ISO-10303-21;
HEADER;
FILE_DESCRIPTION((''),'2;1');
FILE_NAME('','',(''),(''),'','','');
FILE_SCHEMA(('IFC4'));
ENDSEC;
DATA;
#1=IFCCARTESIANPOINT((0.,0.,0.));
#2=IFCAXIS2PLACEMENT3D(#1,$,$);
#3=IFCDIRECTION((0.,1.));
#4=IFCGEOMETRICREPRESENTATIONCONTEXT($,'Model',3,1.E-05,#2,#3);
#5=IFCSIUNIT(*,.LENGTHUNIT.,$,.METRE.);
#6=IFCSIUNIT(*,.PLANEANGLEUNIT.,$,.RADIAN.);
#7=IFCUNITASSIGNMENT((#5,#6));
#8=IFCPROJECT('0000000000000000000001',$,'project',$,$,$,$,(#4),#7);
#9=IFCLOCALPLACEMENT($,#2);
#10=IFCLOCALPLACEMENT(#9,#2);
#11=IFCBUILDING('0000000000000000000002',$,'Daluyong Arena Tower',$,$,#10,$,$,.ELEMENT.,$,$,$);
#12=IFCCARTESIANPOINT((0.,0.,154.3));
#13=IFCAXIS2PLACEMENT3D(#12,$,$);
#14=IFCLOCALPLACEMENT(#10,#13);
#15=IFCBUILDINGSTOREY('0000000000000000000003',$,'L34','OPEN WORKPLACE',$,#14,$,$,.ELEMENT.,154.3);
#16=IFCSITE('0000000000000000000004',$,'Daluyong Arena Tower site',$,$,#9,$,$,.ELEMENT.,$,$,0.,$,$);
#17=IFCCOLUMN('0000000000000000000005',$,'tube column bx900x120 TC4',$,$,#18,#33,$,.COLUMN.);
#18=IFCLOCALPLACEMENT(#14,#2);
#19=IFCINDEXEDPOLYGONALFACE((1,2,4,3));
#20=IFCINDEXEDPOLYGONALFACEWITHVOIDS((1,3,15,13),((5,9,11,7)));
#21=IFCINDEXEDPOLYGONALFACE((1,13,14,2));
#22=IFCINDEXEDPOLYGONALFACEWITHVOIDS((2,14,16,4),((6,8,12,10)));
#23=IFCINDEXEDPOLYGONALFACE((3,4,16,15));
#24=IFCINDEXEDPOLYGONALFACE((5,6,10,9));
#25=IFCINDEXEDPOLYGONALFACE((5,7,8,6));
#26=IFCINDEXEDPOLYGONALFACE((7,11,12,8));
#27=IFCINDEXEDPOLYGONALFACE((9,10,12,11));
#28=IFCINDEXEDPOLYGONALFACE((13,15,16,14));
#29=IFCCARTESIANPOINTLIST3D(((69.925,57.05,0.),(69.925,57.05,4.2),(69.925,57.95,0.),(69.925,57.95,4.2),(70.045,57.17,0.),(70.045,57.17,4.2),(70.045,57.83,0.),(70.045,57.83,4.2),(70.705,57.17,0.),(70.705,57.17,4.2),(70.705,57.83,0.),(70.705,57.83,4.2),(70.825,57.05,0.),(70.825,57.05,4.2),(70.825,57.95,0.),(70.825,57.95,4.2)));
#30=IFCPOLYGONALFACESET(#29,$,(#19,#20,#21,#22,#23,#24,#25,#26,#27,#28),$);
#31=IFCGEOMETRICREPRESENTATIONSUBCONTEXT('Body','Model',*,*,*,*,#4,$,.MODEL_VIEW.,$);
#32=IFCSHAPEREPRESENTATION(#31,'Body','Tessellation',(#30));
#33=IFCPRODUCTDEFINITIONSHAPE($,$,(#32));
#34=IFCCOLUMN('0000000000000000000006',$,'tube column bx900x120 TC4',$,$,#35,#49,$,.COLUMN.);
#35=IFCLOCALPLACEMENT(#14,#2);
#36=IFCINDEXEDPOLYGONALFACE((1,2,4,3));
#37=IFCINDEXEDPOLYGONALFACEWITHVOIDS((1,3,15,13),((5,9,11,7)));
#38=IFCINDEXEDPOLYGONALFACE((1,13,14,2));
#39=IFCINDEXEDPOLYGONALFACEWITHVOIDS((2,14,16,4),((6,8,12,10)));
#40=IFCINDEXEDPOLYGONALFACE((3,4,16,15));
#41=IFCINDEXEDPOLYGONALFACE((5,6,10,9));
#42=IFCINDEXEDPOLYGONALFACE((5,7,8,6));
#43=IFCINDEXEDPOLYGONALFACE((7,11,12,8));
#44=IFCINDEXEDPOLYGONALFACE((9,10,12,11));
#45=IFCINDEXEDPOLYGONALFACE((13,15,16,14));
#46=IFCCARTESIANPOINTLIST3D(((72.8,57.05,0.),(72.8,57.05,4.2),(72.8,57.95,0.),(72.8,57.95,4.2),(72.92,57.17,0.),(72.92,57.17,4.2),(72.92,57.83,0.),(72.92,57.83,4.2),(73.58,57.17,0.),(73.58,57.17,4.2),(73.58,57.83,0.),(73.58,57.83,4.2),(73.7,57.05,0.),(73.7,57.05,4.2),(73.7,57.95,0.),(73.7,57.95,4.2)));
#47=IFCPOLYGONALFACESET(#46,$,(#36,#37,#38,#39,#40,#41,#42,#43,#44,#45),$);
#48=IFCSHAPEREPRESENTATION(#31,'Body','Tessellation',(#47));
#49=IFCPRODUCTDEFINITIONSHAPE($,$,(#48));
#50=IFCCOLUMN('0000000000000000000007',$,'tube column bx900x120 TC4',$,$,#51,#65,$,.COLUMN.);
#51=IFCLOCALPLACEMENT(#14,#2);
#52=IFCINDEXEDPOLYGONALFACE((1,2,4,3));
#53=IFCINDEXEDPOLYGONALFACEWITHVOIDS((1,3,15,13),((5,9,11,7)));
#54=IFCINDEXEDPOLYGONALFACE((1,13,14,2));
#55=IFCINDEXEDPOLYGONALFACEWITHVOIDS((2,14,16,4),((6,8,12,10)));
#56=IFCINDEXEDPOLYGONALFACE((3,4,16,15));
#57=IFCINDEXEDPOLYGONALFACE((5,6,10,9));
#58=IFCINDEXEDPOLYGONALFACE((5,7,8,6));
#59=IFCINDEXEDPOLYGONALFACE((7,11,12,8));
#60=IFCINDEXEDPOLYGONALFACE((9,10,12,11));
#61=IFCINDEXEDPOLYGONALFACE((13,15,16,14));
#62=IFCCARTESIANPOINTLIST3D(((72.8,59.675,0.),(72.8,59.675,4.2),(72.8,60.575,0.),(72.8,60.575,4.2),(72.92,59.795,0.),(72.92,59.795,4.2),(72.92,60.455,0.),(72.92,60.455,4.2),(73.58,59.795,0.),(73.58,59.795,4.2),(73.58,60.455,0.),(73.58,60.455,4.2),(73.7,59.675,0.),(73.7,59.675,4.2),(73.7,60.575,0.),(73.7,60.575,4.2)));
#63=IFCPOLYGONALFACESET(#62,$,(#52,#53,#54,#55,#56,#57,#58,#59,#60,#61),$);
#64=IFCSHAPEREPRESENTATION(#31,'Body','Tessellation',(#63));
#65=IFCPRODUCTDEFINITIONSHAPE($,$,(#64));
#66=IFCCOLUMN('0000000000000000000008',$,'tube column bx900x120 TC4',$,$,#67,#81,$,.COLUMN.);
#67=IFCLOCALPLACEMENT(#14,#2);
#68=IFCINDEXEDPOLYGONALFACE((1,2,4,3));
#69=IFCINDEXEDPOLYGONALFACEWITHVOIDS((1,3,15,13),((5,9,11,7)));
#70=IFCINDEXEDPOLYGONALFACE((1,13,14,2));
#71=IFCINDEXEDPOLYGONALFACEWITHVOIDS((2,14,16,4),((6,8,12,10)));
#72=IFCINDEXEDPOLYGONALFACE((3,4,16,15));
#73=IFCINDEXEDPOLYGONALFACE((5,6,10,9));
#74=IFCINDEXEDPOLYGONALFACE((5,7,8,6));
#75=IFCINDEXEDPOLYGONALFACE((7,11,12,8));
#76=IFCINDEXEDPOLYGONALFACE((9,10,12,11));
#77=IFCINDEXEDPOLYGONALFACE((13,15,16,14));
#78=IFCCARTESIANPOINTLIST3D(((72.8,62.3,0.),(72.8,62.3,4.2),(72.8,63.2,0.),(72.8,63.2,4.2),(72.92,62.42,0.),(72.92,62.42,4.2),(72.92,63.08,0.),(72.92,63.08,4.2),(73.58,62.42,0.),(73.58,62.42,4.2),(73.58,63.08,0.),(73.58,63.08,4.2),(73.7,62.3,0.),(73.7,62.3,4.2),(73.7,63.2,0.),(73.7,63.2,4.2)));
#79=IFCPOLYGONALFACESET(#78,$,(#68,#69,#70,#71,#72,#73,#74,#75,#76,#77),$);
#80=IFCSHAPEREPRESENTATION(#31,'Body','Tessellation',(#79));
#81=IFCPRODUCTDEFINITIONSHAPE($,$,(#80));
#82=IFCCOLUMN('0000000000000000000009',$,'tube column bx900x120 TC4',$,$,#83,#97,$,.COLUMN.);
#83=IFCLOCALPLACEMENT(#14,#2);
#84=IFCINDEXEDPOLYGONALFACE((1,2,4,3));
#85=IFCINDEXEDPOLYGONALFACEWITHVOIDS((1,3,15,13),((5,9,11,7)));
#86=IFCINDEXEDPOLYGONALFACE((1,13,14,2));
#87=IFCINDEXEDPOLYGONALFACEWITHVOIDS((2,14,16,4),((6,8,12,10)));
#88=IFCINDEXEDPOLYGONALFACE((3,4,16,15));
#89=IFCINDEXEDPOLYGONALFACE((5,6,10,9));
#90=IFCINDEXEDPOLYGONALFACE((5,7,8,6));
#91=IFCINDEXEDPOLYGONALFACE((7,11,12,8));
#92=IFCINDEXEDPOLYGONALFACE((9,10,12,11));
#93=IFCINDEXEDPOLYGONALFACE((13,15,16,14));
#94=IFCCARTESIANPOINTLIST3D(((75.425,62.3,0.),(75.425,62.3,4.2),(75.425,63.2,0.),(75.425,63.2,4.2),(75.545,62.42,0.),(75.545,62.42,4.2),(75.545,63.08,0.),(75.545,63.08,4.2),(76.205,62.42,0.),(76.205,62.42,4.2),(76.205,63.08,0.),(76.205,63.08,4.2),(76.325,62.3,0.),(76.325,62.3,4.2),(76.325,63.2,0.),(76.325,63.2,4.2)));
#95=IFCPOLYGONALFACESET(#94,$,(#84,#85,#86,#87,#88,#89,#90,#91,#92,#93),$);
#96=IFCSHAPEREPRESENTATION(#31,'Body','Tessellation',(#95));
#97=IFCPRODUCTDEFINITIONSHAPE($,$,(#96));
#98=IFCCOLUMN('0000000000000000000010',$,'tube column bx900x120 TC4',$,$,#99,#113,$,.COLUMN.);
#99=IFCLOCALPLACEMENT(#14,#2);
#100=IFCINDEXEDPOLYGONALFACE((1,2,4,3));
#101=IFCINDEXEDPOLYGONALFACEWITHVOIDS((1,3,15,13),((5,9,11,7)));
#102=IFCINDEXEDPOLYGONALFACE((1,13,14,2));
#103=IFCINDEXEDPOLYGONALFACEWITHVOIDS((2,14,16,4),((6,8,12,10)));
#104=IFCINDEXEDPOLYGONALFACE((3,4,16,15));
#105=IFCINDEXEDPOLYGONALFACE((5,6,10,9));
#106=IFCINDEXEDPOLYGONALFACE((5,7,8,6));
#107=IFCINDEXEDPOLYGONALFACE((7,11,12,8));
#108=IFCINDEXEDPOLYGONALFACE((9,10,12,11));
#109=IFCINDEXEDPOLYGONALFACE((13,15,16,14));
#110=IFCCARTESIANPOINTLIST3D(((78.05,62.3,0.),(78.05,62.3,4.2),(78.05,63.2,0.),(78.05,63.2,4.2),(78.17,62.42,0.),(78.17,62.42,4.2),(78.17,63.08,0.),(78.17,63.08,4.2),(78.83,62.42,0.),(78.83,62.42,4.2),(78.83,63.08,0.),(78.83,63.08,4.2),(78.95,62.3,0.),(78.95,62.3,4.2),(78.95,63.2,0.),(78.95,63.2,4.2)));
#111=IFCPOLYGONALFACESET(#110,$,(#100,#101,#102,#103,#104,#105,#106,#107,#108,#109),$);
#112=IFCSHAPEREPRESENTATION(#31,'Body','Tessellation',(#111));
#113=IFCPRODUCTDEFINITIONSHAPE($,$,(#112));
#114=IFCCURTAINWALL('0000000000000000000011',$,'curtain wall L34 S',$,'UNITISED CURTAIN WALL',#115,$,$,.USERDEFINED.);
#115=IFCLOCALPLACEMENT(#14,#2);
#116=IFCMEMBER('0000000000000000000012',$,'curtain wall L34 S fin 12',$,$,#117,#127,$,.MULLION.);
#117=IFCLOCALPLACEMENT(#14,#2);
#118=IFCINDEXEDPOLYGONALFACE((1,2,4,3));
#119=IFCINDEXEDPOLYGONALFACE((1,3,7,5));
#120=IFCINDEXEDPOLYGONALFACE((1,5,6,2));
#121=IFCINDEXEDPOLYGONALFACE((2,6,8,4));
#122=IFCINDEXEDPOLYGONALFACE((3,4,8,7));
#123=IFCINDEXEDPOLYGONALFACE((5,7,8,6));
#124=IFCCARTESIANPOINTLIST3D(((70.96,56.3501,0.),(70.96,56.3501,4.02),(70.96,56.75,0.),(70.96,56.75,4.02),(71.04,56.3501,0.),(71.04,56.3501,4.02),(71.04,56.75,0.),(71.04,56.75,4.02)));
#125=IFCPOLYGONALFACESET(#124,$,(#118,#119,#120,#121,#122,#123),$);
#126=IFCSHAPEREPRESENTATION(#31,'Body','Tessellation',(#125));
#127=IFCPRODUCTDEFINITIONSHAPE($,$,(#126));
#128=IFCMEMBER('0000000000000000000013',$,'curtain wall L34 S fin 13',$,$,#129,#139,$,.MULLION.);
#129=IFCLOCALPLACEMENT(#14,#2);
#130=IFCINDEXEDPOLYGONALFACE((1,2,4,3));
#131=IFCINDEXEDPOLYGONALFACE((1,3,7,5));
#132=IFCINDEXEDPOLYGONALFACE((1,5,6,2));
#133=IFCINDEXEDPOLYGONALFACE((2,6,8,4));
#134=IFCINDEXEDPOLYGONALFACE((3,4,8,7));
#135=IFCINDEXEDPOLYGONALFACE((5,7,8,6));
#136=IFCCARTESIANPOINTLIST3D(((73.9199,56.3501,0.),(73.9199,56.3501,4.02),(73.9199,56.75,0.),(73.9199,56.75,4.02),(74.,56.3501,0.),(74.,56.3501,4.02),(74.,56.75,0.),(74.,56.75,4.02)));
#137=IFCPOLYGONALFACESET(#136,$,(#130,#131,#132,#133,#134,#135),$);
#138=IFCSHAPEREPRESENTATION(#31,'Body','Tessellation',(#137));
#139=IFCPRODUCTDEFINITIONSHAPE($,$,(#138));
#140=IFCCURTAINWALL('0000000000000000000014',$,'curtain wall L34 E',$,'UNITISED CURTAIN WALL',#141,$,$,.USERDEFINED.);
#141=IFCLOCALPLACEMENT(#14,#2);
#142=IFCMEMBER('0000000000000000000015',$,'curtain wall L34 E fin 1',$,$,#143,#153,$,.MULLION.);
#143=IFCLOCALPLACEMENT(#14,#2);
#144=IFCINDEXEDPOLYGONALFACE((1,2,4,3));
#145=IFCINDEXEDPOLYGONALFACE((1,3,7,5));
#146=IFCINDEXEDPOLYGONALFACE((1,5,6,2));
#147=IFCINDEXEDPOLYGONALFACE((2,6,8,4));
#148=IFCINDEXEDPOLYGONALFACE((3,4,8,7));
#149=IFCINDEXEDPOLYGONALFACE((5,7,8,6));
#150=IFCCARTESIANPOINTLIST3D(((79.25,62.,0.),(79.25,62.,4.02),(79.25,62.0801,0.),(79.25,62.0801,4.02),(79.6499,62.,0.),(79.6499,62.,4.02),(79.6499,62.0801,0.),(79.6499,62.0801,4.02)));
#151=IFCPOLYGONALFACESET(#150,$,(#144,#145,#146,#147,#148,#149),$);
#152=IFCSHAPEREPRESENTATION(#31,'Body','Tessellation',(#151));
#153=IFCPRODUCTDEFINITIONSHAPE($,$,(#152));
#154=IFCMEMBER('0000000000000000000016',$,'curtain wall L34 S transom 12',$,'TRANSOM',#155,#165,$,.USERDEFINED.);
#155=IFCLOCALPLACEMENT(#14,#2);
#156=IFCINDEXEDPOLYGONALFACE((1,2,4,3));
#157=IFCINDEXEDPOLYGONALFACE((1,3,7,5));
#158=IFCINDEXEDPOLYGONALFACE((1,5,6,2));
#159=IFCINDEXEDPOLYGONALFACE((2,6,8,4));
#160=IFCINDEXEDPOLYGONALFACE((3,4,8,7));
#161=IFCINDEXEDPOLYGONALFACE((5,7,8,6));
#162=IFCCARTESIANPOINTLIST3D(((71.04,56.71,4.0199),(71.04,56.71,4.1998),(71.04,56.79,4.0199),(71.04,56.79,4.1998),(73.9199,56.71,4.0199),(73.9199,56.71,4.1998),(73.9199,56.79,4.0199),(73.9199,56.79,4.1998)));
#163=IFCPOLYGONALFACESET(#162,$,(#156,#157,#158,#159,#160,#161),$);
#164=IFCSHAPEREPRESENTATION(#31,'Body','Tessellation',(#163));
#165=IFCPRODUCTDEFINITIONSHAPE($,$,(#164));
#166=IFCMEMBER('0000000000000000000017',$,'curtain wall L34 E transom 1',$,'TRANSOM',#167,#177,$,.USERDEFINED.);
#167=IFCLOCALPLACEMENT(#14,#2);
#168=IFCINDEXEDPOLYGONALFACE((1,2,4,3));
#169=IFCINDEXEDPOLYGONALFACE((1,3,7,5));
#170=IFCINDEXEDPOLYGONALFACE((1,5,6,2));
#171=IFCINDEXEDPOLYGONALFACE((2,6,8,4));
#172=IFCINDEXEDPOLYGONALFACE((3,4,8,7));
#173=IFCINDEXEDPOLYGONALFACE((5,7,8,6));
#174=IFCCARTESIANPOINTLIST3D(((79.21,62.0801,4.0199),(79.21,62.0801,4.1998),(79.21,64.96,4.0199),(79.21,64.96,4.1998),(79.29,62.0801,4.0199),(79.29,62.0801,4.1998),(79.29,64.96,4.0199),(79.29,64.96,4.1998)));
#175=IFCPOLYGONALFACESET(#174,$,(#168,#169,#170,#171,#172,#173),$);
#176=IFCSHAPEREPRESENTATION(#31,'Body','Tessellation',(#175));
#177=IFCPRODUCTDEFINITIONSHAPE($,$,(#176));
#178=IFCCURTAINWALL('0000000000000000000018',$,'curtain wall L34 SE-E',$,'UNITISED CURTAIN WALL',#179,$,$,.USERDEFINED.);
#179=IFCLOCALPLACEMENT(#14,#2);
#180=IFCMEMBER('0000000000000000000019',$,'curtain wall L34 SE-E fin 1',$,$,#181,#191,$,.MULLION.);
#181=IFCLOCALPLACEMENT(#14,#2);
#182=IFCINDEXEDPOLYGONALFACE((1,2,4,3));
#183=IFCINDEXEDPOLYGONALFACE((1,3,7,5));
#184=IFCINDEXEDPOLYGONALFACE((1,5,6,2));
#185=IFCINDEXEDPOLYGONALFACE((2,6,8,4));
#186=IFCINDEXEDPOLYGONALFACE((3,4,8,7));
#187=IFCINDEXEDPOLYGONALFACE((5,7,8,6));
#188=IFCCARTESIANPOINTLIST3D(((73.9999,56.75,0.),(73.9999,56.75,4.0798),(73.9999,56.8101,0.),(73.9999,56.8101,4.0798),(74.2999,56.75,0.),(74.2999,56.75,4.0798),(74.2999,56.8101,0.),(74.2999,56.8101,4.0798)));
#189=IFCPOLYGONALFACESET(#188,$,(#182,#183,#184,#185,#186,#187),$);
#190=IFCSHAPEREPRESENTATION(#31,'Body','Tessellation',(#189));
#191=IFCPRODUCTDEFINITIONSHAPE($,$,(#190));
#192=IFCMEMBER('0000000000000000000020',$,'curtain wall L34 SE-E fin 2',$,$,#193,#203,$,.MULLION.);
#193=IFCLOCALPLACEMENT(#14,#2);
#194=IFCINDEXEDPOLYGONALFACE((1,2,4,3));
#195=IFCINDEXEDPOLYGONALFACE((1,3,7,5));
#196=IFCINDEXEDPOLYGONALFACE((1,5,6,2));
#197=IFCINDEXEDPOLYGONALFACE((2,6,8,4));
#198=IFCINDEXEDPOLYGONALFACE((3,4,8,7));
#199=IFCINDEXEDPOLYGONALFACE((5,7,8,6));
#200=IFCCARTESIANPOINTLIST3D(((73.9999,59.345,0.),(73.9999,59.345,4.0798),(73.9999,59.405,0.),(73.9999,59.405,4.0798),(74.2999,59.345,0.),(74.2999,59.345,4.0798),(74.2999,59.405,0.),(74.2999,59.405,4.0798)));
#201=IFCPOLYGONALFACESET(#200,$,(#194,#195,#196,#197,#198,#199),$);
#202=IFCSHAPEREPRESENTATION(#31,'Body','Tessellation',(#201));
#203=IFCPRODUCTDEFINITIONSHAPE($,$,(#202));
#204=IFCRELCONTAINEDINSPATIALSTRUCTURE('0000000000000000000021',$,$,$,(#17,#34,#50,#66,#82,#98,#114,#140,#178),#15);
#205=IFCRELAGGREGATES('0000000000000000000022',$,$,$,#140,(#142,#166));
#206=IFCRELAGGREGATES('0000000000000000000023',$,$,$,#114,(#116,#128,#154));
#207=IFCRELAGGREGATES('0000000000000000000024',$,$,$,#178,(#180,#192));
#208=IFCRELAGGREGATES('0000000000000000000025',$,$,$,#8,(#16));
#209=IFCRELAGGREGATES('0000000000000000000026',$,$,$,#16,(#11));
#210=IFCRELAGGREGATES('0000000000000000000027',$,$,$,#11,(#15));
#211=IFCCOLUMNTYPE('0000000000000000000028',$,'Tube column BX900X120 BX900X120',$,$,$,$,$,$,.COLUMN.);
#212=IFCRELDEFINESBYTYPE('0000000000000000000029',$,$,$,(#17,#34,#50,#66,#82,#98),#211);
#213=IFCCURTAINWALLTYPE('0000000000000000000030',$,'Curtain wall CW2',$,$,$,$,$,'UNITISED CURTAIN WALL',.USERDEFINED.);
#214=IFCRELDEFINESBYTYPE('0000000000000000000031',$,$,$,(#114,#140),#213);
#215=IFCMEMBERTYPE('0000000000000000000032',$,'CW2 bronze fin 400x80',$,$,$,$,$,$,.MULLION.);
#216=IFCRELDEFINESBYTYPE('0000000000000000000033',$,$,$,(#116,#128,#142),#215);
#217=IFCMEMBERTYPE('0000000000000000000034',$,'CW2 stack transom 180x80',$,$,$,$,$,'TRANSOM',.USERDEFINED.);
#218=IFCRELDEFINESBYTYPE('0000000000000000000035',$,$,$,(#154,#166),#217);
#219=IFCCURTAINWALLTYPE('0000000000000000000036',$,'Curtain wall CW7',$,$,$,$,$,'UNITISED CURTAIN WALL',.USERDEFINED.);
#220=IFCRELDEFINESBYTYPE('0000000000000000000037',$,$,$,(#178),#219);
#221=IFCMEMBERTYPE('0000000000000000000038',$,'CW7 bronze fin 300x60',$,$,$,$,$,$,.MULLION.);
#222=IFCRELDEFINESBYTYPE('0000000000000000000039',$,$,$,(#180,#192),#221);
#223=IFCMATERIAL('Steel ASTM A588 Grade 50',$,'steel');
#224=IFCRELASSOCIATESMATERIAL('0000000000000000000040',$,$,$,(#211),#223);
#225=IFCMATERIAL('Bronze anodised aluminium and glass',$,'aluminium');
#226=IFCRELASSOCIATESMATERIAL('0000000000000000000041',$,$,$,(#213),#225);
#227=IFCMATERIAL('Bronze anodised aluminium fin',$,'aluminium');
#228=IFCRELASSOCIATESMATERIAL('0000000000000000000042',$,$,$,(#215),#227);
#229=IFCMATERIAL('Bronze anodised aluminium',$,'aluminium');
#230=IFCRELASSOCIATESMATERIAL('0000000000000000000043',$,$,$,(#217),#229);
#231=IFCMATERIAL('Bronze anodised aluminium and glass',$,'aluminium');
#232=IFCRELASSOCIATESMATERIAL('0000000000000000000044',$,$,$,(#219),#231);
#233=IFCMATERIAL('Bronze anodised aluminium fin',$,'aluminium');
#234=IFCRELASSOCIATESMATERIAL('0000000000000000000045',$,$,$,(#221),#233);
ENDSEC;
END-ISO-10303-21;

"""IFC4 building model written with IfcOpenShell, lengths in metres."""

from ifc_helpers import new_model, si_unit, direction, frame, origin, origin_2d, place, context, subcontext, project, spatial, rectangle, hollow_rectangle, extrude, material, material_profile, profile_set, type_object, element, aggregate, save


model = new_model("IFC4")

# Units and contexts
model_context = context("Model", 3, precision=1e-05, world=origin(), true_north=direction((0.0, 1.0)))
body_context = subcontext(model_context, "Body", "Model", "MODEL_VIEW")
ifc_project = project(units=[si_unit("LENGTHUNIT", "METRE"), si_unit("PLANEANGLEUNIT", "RADIAN")], contexts=[model_context])

# Site, building, storey
site_placement = place(None, origin())
site = spatial("IfcSite", under=ifc_project, at=site_placement, Name="Daluyong Arena Tower site", CompositionType="ELEMENT", RefElevation=0.0)
building_placement = place(site_placement, origin())
building = spatial("IfcBuilding", under=site, at=building_placement, Name="Daluyong Arena Tower", CompositionType="ELEMENT")
storey_placement = place(building_placement, frame((0.0, 0.0, 154.3)))
storey = spatial("IfcBuildingStorey", under=building, at=storey_placement, Name="L34", Description="OPEN WORKPLACE", CompositionType="ELEMENT", Elevation=154.3)

# Columns
ifc_material_1 = material(Name="Steel ASTM A588 Grade 50", Category="steel")
ifc_material_profile_1 = material_profile(ifc_material_1, hollow_rectangle(XDim=0.8999, YDim=0.8999, WallThickness=0.12, at=origin_2d()))
ifc_profile_set_1 = profile_set([ifc_material_profile_1], Name="Steel ASTM A588 Grade 50")
column_type = type_object("IfcColumnType", Name="Tube column BX900X120 BX900X120", PredefinedType="COLUMN", material=ifc_profile_set_1)
for number, where, z_axis, x_axis, name in (
    (1, (70.375, 57.5, 0.0), (0.0, 0.0, 1.0), (1.0, 0.0, 0.0), "tube column bx900x120 TC4"),
    (2, (73.25, 57.5, 0.0), (0.0, 0.0, 1.0), (0.0, 1.0, 0.0), "tube column bx900x120 TC4"),
    (3, (73.25, 60.125, 0.0), (0.0, 0.0, 1.0), (0.0, 1.0, 0.0), "tube column bx900x120 TC4"),
    (4, (73.25, 62.75, 0.0), (0.0, 0.0, 1.0), (1.0, 0.0, 0.0), "tube column bx900x120 TC4"),
    (5, (75.875, 62.75, 0.0), (0.0, 0.0, 1.0), (1.0, 0.0, 0.0), "tube column bx900x120 TC4"),
    (6, (78.5, 62.75, 0.0), (0.0, 0.0, 1.0), (0.0, 1.0, 0.0), "tube column bx900x120 TC4"),
):
    element("IfcColumn", number, at=place(storey_placement, frame(where, z_axis=z_axis, x_axis=x_axis)), inside=storey, type_object=column_type, Name=name, PredefinedType="COLUMN", context=body_context, shape_type="SweptSolid", body=[
        extrude(hollow_rectangle(XDim=0.8999, YDim=0.8999, WallThickness=0.12, at=origin_2d()), origin(), (0.0, 0.0, 1.0), 4.2),
    ])

# Curtain wall, members
ifc_material_2 = material(Name="Bronze anodised aluminium and glass", Category="aluminium")
curtain_wall_type_1 = type_object("IfcCurtainWallType", Name="Curtain wall CW2", ElementType="UNITISED CURTAIN WALL", PredefinedType="USERDEFINED", material=ifc_material_2)
curtain_wall_1_placement = place(storey_placement, origin())
curtain_wall_1 = element("IfcCurtainWall", 7, at=curtain_wall_1_placement, inside=storey, type_object=curtain_wall_type_1, Name="curtain wall L34 S", ObjectType="UNITISED CURTAIN WALL", PredefinedType="USERDEFINED")
ifc_material_3 = material(Name="Bronze anodised aluminium fin", Category="aluminium")
ifc_material_profile_2 = material_profile(ifc_material_3, rectangle(XDim=0.3999, YDim=0.0801, at=origin_2d()))
ifc_profile_set_2 = profile_set([ifc_material_profile_2], Name="Bronze anodised aluminium fin")
member_type_1 = type_object("IfcMemberType", Name="CW2 bronze fin 400x80", PredefinedType="MULLION", material=ifc_profile_set_2)
member_1_placement = place(storey_placement, frame((71.0, 56.55, 0.0), z_axis=(0.0, 0.0, 1.0), x_axis=(0.0, 1.0, 0.0)))
member_1 = element("IfcMember", 8, at=member_1_placement, type_object=member_type_1, Name="curtain wall L34 S fin 12", PredefinedType="MULLION", context=body_context, shape_type="SweptSolid", body=[
    extrude(rectangle(XDim=0.3999, YDim=0.0801, at=origin_2d()), origin(), (0.0, 0.0, 1.0), 4.02),
])
member_2_placement = place(storey_placement, frame((73.96, 56.55, 0.0), z_axis=(0.0, 0.0, 1.0), x_axis=(0.0, 1.0, 0.0)))
member_2 = element("IfcMember", 9, at=member_2_placement, type_object=member_type_1, Name="curtain wall L34 S fin 13", PredefinedType="MULLION", context=body_context, shape_type="SweptSolid", body=[
    extrude(rectangle(XDim=0.3999, YDim=0.0801, at=origin_2d()), origin(), (0.0, 0.0, 1.0), 4.02),
])

# Curtain wall, member
curtain_wall_2_placement = place(storey_placement, origin())
curtain_wall_2 = element("IfcCurtainWall", 10, at=curtain_wall_2_placement, inside=storey, type_object=curtain_wall_type_1, Name="curtain wall L34 E", ObjectType="UNITISED CURTAIN WALL", PredefinedType="USERDEFINED")
member_3_placement = place(storey_placement, frame((79.45, 62.04, 0.0), z_axis=(0.0, 0.0, 1.0), x_axis=(-1.0, 0.0, 0.0)))
member_3 = element("IfcMember", 11, at=member_3_placement, type_object=member_type_1, Name="curtain wall L34 E fin 1", PredefinedType="MULLION", context=body_context, shape_type="SweptSolid", body=[
    extrude(rectangle(XDim=0.3999, YDim=0.0801, at=origin_2d()), origin(), (0.0, 0.0, 1.0), 4.02),
])

# Members
ifc_material_4 = material(Name="Bronze anodised aluminium", Category="aluminium")
ifc_material_profile_3 = material_profile(ifc_material_4, rectangle(XDim=0.0801, YDim=0.1799, at=origin_2d()))
ifc_profile_set_3 = profile_set([ifc_material_profile_3], Name="Bronze anodised aluminium")
member_type_2 = type_object("IfcMemberType", Name="CW2 stack transom 180x80", ElementType="TRANSOM", PredefinedType="USERDEFINED", material=ifc_profile_set_3)
member_4_placement = place(storey_placement, frame((71.04, 56.75, 4.1099), z_axis=(1.0, 0.0, 0.0), x_axis=(0.0, 1.0, 0.0)))
member_4 = element("IfcMember", 12, at=member_4_placement, type_object=member_type_2, Name="curtain wall L34 S transom 12", ObjectType="TRANSOM", PredefinedType="USERDEFINED", context=body_context, shape_type="SweptSolid", body=[
    extrude(rectangle(XDim=0.0801, YDim=0.1799, at=origin_2d()), origin(), (0.0, 0.0, 1.0), 2.8799),
])
member_5_placement = place(storey_placement, frame((79.25, 62.0801, 4.1099), z_axis=(0.0, 1.0, 0.0), x_axis=(-1.0, 0.0, 0.0)))
member_5 = element("IfcMember", 13, at=member_5_placement, type_object=member_type_2, Name="curtain wall L34 E transom 1", ObjectType="TRANSOM", PredefinedType="USERDEFINED", context=body_context, shape_type="SweptSolid", body=[
    extrude(rectangle(XDim=0.0801, YDim=0.1799, at=origin_2d()), origin(), (0.0, 0.0, 1.0), 2.8799),
])
aggregate(curtain_wall_2, [member_3, member_5])

# Curtain wall, members
ifc_material_5 = material(Name="Bronze anodised aluminium and glass", Category="aluminium")
curtain_wall_type_2 = type_object("IfcCurtainWallType", Name="Curtain wall CW7", ElementType="UNITISED CURTAIN WALL", PredefinedType="USERDEFINED", material=ifc_material_5)
curtain_wall_3_placement = place(storey_placement, origin())
curtain_wall_3 = element("IfcCurtainWall", 14, at=curtain_wall_3_placement, inside=storey, type_object=curtain_wall_type_2, Name="curtain wall L34 SE-E", ObjectType="UNITISED CURTAIN WALL", PredefinedType="USERDEFINED")
ifc_material_6 = material(Name="Bronze anodised aluminium fin", Category="aluminium")
ifc_material_profile_4 = material_profile(ifc_material_6, rectangle(XDim=0.3, YDim=0.0601, at=origin_2d()))
ifc_profile_set_4 = profile_set([ifc_material_profile_4], Name="Bronze anodised aluminium fin")
member_type_3 = type_object("IfcMemberType", Name="CW7 bronze fin 300x60", PredefinedType="MULLION", material=ifc_profile_set_4)
member_6_placement = place(storey_placement, frame((74.1499, 56.78, 0.0), z_axis=(0.0, 0.0, 1.0), x_axis=(-1.0, 0.0, 0.0)))
member_6 = element("IfcMember", 15, at=member_6_placement, type_object=member_type_3, Name="curtain wall L34 SE-E fin 1", PredefinedType="MULLION", context=body_context, shape_type="SweptSolid", body=[
    extrude(rectangle(XDim=0.3, YDim=0.0601, at=origin_2d()), origin(), (0.0, 0.0, 1.0), 4.0798),
])
member_7_placement = place(storey_placement, frame((74.1499, 59.375, 0.0), z_axis=(0.0, 0.0, 1.0), x_axis=(-1.0, 0.0, 0.0)))
member_7 = element("IfcMember", 16, at=member_7_placement, type_object=member_type_3, Name="curtain wall L34 SE-E fin 2", PredefinedType="MULLION", context=body_context, shape_type="SweptSolid", body=[
    extrude(rectangle(XDim=0.3, YDim=0.0601, at=origin_2d()), origin(), (0.0, 0.0, 1.0), 4.0798),
])

aggregate(curtain_wall_1, [member_1, member_2, member_4])
aggregate(curtain_wall_3, [member_6, member_7])

save(model, "model.ifc")
